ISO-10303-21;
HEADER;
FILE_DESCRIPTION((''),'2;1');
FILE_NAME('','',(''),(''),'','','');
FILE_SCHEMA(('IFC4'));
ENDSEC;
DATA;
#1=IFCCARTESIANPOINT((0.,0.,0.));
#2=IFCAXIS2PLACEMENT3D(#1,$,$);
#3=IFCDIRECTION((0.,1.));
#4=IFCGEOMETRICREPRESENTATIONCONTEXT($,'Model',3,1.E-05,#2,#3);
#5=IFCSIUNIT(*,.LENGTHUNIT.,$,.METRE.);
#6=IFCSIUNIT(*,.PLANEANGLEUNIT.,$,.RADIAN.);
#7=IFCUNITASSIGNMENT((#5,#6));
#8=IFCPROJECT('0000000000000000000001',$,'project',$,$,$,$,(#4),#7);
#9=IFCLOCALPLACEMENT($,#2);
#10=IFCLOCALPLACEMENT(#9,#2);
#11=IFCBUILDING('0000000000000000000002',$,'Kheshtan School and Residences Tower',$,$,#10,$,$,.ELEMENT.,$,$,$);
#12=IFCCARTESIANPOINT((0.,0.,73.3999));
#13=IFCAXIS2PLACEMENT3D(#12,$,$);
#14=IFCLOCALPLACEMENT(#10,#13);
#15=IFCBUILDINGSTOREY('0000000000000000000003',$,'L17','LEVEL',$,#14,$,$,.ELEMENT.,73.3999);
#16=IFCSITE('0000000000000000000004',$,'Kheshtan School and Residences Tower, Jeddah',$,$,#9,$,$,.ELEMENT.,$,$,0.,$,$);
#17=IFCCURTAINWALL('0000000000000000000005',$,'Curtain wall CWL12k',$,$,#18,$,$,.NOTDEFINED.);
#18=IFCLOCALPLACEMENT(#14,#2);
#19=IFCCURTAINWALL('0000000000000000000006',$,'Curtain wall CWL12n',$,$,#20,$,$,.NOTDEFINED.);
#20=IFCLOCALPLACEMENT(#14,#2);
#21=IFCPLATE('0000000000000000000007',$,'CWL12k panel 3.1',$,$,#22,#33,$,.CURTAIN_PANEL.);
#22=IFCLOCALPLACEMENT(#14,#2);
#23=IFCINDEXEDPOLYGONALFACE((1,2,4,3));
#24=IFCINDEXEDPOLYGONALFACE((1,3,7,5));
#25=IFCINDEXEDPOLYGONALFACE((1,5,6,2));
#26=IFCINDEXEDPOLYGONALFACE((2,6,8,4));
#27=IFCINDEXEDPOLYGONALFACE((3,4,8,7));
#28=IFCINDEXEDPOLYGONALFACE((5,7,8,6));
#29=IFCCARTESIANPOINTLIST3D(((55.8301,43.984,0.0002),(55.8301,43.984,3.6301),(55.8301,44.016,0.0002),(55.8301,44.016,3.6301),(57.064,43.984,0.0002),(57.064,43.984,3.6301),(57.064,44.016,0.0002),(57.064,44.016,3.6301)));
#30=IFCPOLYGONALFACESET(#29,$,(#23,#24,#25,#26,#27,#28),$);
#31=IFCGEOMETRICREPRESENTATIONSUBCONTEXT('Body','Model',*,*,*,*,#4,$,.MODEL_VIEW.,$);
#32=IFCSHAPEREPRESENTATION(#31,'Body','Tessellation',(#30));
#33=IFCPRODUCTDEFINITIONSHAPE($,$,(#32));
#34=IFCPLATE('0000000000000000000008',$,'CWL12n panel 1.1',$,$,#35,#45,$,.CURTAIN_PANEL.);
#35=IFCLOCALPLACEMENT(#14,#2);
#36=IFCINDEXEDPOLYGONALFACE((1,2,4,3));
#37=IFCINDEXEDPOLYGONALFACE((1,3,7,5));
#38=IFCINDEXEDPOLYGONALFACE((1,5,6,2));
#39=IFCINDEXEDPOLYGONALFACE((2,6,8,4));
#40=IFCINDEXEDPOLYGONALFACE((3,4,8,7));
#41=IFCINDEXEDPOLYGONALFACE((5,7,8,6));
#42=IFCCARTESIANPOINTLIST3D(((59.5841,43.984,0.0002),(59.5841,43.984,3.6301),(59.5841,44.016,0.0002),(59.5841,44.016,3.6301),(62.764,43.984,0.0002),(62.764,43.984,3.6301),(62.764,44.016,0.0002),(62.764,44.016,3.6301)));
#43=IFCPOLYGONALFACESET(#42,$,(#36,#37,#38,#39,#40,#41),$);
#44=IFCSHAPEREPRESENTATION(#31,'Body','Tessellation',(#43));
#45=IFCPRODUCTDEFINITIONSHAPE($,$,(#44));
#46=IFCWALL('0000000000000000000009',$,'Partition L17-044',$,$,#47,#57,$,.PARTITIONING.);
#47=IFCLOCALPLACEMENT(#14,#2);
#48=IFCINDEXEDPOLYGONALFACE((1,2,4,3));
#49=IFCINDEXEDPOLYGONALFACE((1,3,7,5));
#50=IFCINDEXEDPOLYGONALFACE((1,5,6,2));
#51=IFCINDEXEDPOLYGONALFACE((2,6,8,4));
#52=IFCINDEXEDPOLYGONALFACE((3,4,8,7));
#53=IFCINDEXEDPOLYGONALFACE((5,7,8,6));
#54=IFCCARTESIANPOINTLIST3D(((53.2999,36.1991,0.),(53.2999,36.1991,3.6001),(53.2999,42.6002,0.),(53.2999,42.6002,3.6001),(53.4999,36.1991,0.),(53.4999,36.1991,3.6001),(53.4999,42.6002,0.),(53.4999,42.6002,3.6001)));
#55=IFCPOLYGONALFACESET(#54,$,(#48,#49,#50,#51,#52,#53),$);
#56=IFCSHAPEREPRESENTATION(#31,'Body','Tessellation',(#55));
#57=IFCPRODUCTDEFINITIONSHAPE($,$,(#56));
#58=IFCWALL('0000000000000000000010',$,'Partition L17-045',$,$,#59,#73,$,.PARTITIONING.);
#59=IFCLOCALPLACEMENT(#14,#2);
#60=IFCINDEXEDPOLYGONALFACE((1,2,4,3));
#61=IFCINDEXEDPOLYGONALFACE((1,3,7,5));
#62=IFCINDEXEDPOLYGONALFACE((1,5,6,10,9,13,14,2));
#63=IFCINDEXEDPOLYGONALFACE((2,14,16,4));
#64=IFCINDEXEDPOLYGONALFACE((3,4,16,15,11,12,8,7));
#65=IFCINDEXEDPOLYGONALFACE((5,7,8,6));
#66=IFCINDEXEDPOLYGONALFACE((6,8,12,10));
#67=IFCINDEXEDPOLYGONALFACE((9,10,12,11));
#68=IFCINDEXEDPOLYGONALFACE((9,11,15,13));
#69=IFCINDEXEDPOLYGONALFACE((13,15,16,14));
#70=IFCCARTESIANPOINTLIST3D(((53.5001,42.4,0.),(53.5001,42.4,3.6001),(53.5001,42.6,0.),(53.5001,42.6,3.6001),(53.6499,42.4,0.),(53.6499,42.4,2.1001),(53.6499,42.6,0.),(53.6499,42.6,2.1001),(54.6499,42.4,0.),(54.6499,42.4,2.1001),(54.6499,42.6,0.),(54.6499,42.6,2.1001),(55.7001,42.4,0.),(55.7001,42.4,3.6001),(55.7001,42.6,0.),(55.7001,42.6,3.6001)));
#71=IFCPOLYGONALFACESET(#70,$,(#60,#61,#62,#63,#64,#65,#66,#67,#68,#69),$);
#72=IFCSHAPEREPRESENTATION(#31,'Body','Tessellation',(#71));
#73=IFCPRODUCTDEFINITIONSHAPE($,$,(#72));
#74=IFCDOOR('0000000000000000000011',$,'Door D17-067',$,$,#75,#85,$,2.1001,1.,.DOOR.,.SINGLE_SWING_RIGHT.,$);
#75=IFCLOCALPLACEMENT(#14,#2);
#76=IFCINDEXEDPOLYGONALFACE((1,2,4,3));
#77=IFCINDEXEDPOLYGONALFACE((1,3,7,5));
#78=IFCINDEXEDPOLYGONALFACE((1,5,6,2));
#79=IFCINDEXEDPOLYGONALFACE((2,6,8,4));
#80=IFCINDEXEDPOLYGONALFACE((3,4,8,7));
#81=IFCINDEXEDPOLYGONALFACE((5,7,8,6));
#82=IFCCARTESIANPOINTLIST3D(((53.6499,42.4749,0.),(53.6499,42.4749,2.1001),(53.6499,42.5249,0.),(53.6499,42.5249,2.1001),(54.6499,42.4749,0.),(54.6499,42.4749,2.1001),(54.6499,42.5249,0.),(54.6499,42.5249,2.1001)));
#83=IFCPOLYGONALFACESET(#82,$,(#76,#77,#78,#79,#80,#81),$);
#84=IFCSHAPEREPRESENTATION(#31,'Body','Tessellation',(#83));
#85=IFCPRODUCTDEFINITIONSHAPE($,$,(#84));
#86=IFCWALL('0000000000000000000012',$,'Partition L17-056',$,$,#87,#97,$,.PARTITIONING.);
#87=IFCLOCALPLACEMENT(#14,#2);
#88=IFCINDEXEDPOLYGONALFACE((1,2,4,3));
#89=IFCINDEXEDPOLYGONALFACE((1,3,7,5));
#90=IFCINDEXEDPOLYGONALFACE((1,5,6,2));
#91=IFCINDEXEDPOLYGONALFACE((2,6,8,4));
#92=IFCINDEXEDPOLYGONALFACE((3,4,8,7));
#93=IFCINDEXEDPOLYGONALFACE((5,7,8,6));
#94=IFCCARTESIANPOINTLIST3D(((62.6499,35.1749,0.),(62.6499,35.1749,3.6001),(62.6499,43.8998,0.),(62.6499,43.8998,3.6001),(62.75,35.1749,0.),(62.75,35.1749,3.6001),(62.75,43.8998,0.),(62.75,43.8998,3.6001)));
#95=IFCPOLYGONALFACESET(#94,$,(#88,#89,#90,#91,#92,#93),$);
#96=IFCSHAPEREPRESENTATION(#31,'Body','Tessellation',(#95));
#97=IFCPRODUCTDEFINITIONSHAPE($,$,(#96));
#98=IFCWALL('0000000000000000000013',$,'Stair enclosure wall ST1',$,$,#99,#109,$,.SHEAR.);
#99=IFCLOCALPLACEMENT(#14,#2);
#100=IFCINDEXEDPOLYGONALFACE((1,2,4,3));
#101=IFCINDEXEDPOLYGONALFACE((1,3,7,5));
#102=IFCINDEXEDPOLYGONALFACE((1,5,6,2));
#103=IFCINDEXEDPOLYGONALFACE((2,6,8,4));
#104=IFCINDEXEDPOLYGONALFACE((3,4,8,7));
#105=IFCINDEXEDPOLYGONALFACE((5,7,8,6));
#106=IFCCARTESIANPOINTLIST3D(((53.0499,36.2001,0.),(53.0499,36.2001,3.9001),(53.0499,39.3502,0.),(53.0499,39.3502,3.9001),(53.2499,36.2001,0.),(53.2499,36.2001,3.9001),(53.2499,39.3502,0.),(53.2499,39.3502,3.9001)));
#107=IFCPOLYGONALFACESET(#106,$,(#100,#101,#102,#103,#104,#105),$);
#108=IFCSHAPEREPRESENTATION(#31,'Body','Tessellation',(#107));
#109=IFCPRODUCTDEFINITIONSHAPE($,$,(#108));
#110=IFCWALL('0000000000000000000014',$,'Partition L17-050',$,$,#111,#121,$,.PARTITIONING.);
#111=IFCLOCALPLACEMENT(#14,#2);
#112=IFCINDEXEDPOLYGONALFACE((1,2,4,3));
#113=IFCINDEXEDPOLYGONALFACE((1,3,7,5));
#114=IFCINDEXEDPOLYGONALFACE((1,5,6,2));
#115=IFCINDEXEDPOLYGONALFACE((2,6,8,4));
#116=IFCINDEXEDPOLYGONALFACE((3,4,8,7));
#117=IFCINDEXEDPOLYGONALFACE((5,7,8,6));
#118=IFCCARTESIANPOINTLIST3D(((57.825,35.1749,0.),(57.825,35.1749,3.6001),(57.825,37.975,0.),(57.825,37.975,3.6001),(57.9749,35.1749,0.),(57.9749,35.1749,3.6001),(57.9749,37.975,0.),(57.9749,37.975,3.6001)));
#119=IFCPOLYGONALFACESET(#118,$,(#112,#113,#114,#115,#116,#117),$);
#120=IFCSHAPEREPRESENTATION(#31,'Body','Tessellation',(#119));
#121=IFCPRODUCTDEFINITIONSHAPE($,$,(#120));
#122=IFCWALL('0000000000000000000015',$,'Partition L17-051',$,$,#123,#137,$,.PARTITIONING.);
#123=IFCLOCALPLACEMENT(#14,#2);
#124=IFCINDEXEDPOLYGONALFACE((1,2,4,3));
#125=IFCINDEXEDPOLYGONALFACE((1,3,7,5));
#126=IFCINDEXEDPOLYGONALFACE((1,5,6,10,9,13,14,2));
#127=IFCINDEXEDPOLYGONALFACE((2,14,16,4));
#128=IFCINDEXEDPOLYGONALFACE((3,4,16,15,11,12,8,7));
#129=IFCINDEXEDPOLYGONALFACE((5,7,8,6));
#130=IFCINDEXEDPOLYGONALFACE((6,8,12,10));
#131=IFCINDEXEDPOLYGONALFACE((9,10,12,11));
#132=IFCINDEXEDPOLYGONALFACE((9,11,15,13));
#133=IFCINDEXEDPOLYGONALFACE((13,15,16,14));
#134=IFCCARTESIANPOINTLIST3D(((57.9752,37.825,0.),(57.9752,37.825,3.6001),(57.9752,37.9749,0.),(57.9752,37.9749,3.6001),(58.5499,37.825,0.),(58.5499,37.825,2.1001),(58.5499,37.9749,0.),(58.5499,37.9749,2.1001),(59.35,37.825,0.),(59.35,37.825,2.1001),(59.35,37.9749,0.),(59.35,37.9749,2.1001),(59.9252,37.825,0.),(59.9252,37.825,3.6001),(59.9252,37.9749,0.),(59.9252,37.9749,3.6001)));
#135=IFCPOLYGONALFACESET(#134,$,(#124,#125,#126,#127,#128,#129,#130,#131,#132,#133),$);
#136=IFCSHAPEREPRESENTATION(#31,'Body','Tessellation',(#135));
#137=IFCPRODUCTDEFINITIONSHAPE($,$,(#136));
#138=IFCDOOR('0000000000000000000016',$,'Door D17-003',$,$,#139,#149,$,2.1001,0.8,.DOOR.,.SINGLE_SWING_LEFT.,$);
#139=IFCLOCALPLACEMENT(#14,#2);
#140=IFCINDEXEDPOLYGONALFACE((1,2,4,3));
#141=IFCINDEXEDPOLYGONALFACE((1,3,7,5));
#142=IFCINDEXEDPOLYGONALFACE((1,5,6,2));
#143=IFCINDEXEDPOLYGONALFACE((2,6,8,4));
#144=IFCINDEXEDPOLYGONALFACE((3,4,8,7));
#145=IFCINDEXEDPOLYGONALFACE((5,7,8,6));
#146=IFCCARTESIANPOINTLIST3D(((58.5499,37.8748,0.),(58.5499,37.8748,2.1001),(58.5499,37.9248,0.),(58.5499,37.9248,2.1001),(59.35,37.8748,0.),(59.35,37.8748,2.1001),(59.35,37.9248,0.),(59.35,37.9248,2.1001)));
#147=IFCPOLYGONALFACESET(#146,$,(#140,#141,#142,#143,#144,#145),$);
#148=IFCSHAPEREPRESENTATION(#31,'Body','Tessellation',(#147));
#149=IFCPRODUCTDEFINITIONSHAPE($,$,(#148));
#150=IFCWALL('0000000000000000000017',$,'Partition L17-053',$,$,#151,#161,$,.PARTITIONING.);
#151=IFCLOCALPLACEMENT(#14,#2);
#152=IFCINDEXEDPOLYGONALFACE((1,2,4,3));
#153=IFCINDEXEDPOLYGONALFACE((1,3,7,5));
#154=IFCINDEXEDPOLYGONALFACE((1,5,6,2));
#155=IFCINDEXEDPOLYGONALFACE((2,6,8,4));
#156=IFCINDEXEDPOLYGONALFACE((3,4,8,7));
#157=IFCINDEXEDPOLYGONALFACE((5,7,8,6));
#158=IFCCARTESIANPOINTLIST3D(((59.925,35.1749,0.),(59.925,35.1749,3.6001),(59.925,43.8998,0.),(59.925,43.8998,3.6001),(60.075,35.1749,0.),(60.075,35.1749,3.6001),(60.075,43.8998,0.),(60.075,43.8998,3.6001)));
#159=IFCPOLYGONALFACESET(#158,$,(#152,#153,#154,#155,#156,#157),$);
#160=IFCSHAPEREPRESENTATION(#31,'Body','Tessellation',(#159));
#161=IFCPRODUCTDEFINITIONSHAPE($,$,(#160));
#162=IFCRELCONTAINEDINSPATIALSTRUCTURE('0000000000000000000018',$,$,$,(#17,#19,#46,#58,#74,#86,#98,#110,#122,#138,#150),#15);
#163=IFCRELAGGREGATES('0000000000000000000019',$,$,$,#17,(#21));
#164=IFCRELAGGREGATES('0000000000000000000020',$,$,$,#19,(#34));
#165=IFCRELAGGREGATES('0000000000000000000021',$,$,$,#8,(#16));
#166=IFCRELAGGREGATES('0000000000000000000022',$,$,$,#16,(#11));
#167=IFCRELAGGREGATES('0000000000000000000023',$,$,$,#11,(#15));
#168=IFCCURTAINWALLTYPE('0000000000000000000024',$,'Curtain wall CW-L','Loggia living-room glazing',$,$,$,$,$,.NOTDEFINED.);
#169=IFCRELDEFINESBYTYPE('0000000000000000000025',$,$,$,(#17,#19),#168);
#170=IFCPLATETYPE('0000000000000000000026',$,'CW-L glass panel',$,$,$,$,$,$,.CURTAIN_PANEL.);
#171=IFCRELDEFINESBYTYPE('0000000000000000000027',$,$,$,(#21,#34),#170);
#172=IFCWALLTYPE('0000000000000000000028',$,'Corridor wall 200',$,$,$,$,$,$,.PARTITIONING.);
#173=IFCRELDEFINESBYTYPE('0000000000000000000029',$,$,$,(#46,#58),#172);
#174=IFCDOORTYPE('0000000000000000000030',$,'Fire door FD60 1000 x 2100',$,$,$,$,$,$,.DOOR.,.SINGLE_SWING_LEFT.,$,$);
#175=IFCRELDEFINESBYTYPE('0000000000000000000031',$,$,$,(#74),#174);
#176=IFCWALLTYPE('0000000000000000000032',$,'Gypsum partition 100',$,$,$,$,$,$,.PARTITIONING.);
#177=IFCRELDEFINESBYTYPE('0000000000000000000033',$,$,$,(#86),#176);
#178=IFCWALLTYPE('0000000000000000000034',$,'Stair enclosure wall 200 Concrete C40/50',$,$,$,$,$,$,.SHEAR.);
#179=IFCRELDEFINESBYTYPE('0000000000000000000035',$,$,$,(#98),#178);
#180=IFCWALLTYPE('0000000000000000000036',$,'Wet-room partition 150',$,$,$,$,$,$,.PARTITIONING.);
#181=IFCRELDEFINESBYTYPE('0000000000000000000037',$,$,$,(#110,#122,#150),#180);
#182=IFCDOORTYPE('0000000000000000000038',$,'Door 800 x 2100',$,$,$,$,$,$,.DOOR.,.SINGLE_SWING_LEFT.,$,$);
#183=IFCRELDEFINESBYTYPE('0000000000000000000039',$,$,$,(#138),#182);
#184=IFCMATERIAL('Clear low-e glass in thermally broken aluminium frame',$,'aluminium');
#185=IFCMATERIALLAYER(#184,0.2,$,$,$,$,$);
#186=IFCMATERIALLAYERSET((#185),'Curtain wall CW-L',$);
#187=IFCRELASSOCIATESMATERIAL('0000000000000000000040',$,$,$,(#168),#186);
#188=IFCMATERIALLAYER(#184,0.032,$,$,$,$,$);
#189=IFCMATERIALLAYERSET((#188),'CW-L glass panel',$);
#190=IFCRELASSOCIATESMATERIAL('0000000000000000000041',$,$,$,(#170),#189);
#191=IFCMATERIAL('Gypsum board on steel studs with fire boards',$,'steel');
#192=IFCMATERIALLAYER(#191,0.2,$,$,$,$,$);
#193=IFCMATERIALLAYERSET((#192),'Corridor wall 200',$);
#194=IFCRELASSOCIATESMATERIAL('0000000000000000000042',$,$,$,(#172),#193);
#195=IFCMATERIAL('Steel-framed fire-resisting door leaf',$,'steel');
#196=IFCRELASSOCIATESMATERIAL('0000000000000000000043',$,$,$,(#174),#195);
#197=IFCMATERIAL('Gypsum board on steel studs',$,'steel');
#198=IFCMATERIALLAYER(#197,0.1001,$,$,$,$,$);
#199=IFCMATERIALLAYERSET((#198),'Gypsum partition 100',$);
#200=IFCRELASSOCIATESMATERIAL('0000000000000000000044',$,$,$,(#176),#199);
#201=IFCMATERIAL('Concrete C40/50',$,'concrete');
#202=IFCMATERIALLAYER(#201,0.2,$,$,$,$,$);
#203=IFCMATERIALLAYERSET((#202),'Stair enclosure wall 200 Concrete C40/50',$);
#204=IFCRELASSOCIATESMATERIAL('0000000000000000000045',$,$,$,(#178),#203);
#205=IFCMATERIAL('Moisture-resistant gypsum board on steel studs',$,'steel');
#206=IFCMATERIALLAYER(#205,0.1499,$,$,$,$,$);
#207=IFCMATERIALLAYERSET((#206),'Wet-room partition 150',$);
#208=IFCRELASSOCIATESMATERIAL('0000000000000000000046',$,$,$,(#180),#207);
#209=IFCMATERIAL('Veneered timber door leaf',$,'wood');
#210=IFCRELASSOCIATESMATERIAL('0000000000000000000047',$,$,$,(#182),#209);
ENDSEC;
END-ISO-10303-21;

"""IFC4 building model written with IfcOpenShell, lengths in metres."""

from ifc_helpers import new_model, si_unit, direction, frame, frame_2d, origin, origin_2d, place, context, subcontext, project, spatial, rectangle, extrude, source, transform, mapped, material, layer, layer_set, type_object, element, fill, aggregate, save


model = new_model("IFC4")

# Units and contexts
model_context = context("Model", 3, precision=1e-05, world=origin(), true_north=direction((0.0, 1.0)))
body_context = subcontext(model_context, "Body", "Model", "MODEL_VIEW")
ifc_project = project(units=[si_unit("LENGTHUNIT", "METRE"), si_unit("PLANEANGLEUNIT", "RADIAN")], contexts=[model_context])

# Site, building, storey
site_placement = place(None, origin())
site = spatial("IfcSite", under=ifc_project, at=site_placement, Name="Kheshtan School and Residences Tower, Jeddah", CompositionType="ELEMENT", RefElevation=0.0)
building_placement = place(site_placement, origin())
building = spatial("IfcBuilding", under=site, at=building_placement, Name="Kheshtan School and Residences Tower", CompositionType="ELEMENT")
storey_placement = place(building_placement, frame((0.0, 0.0, 73.3999)))
storey = spatial("IfcBuildingStorey", under=building, at=storey_placement, Name="L17", Description="LEVEL", CompositionType="ELEMENT", Elevation=73.3999)

# Curtain wall
ifc_material_1 = material(Name="Clear low-e glass in thermally broken aluminium frame", Category="aluminium")
ifc_layer_1 = layer(ifc_material_1, 0.2)
ifc_layer_set_1 = layer_set([ifc_layer_1], Name="Curtain wall CW-L")
curtain_wall_type = type_object("IfcCurtainWallType", Name="Curtain wall CW-L", Description="Loggia living-room glazing", PredefinedType="NOTDEFINED", material=ifc_layer_set_1)
curtain_wall_1_placement = place(storey_placement, origin())
curtain_wall_1 = element("IfcCurtainWall", 1, at=curtain_wall_1_placement, inside=storey, type_object=curtain_wall_type, Name="Curtain wall CWL12k", PredefinedType="NOTDEFINED")

# Curtain wall
curtain_wall_2_placement = place(storey_placement, origin())
curtain_wall_2 = element("IfcCurtainWall", 2, at=curtain_wall_2_placement, inside=storey, type_object=curtain_wall_type, Name="Curtain wall CWL12n", PredefinedType="NOTDEFINED")

# Plates
ifc_layer_2 = layer(ifc_material_1, 0.032)
ifc_layer_set_2 = layer_set([ifc_layer_2], Name="CW-L glass panel")
plate_type = type_object("IfcPlateType", Name="CW-L glass panel", PredefinedType="CURTAIN_PANEL", material=ifc_layer_set_2)
plate_1_placement = place(storey_placement, frame((56.447, 44.0, 0.0002), z_axis=(0.0, 0.0, 1.0), x_axis=(1.0, 0.0, 0.0)))
plate_1 = element("IfcPlate", 3, at=plate_1_placement, type_object=plate_type, Name="CWL12k panel 3.1", PredefinedType="CURTAIN_PANEL", context=body_context, shape_type="SweptSolid", body=[
    extrude(rectangle(XDim=1.2339, YDim=0.032, at=origin_2d()), origin(), (0.0, 0.0, 1.0), 3.6299),
])
aggregate(curtain_wall_1, [plate_1])
plate_2_placement = place(storey_placement, frame((61.1741, 44.0, 0.0002), z_axis=(0.0, 0.0, 1.0), x_axis=(1.0, 0.0, 0.0)))
plate_2 = element("IfcPlate", 4, at=plate_2_placement, type_object=plate_type, Name="CWL12n panel 1.1", PredefinedType="CURTAIN_PANEL", context=body_context, shape_type="SweptSolid", body=[
    extrude(rectangle(XDim=3.1799, YDim=0.032, at=origin_2d()), origin(), (0.0, 0.0, 1.0), 3.6299),
])
aggregate(curtain_wall_2, [plate_2])

# Wall
ifc_material_2 = material(Name="Gypsum board on steel studs with fire boards", Category="steel")
ifc_layer_3 = layer(ifc_material_2, 0.2)
ifc_layer_set_3 = layer_set([ifc_layer_3], Name="Corridor wall 200")
wall_type_1 = type_object("IfcWallType", Name="Corridor wall 200", PredefinedType="PARTITIONING", material=ifc_layer_set_3)
wall_1_placement = place(storey_placement, frame((53.3999, 36.199, 0.0), z_axis=(0.0, 0.0, 1.0), x_axis=(0.0, 1.0, 0.0)))
element("IfcWall", 5, at=wall_1_placement, inside=storey, type_object=wall_type_1, Name="Partition L17-044", PredefinedType="PARTITIONING", context=body_context, shape_type="SweptSolid", body=[
    extrude(rectangle(XDim=6.4011, YDim=0.2, at=frame_2d((3.2007, 0.0))), origin(), (0.0, 0.0, 1.0), 3.6001),
])

# Wall, opening, door
wall_2_placement = place(storey_placement, frame((53.5, 42.5, 0.0), z_axis=(0.0, 0.0, 1.0), x_axis=(1.0, 0.0, 0.0)))
wall_2 = element("IfcWall", 6, at=wall_2_placement, inside=storey, type_object=wall_type_1, Name="Partition L17-045", PredefinedType="PARTITIONING", context=body_context, shape_type="SweptSolid", body=[
    extrude(rectangle(XDim=2.2, YDim=0.2, at=frame_2d((1.1001, 0.0))), origin(), (0.0, 0.0, 1.0), 3.6001),
])
opening_1_placement = place(wall_2_placement, frame((0.1499, 0.0, 0.0)))
opening_1 = element("IfcOpeningElement", 7, at=opening_1_placement, cuts=wall_2, PredefinedType="OPENING", context=body_context, shape_type="SweptSolid", body=[
    extrude(rectangle(XDim=1.0, YDim=2.1001, at=frame_2d((0.5, 1.05))), frame((0.0, 0.1099, 0.0), z_axis=(0.0, -1.0, 0.0), x_axis=(1.0, 0.0, 0.0)), (0.0, 0.0, 1.0), 0.22),
])
ifc_material_3 = material(Name="Steel-framed fire-resisting door leaf", Category="steel")
door_type_1 = type_object("IfcDoorType", Name="Fire door FD60 1000 x 2100", OperationType="SINGLE_SWING_LEFT", PredefinedType="DOOR", material=ifc_material_3)
shared_shape_1 = source(origin(), body_context, "Body", "SweptSolid", [
    extrude(rectangle(XDim=1.0, YDim=2.1001, at=frame_2d((0.5, 1.05))), frame((0.0, 0.0249, 0.0), z_axis=(0.0, -1.0, 0.0), x_axis=(1.0, 0.0, 0.0)), (0.0, 0.0, 1.0), 0.05),
])
door_1_placement = place(opening_1_placement, origin())
door_1 = element("IfcDoor", 8, at=door_1_placement, inside=storey, type_object=door_type_1, Name="Door D17-067", OperationType="SINGLE_SWING_RIGHT", OverallHeight=2.1001, OverallWidth=1.0, PredefinedType="DOOR", context=body_context, shape_type="MappedRepresentation", body=[
    mapped(shared_shape_1, transform((0.0, 0.0, 0.0), x_axis=(1.0, 0.0, 0.0), y_axis=(0.0, 1.0, 0.0), z_axis=(0.0, 0.0, 1.0), scale=1.0)),
])
fill(opening_1, door_1)

# Walls
ifc_material_4 = material(Name="Gypsum board on steel studs", Category="steel")
ifc_layer_4 = layer(ifc_material_4, 0.1001)
ifc_layer_set_4 = layer_set([ifc_layer_4], Name="Gypsum partition 100")
wall_type_2 = type_object("IfcWallType", Name="Gypsum partition 100", PredefinedType="PARTITIONING", material=ifc_layer_set_4)
wall_3_placement = place(storey_placement, frame((62.7, 35.175, 0.0), z_axis=(0.0, 0.0, 1.0), x_axis=(0.0, 1.0, 0.0)))
element("IfcWall", 9, at=wall_3_placement, inside=storey, type_object=wall_type_2, Name="Partition L17-056", PredefinedType="PARTITIONING", context=body_context, shape_type="SweptSolid", body=[
    extrude(rectangle(XDim=8.7249, YDim=0.1001, at=frame_2d((4.3623, 0.0))), origin(), (0.0, 0.0, 1.0), 3.6001),
])
ifc_material_5 = material(Name="Concrete C40/50", Category="concrete")
ifc_layer_5 = layer(ifc_material_5, 0.2)
ifc_layer_set_5 = layer_set([ifc_layer_5], Name="Stair enclosure wall 200 Concrete C40/50")
wall_type_3 = type_object("IfcWallType", Name="Stair enclosure wall 200 Concrete C40/50", PredefinedType="SHEAR", material=ifc_layer_set_5)
wall_4_placement = place(storey_placement, frame((53.1499, 36.2, 0.0), z_axis=(0.0, 0.0, 1.0), x_axis=(0.0, 1.0, 0.0)))
element("IfcWall", 10, at=wall_4_placement, inside=storey, type_object=wall_type_3, Name="Stair enclosure wall ST1", PredefinedType="SHEAR", context=body_context, shape_type="SweptSolid", body=[
    extrude(rectangle(XDim=3.1501, YDim=0.2, at=frame_2d((1.5752, 0.0))), origin(), (0.0, 0.0, 1.0), 3.9001),
])
ifc_material_6 = material(Name="Moisture-resistant gypsum board on steel studs", Category="steel")
ifc_layer_6 = layer(ifc_material_6, 0.1499)
ifc_layer_set_6 = layer_set([ifc_layer_6], Name="Wet-room partition 150")
wall_type_4 = type_object("IfcWallType", Name="Wet-room partition 150", PredefinedType="PARTITIONING", material=ifc_layer_set_6)
wall_5_placement = place(storey_placement, frame((57.8999, 35.175, 0.0), z_axis=(0.0, 0.0, 1.0), x_axis=(0.0, 1.0, 0.0)))
element("IfcWall", 11, at=wall_5_placement, inside=storey, type_object=wall_type_4, Name="Partition L17-050", PredefinedType="PARTITIONING", context=body_context, shape_type="SweptSolid", body=[
    extrude(rectangle(XDim=2.8, YDim=0.1499, at=frame_2d((1.3999, 0.0))), origin(), (0.0, 0.0, 1.0), 3.6001),
])

# Wall, opening, door
wall_6_placement = place(storey_placement, frame((57.9751, 37.8999, 0.0), z_axis=(0.0, 0.0, 1.0), x_axis=(1.0, 0.0, 0.0)))
wall_6 = element("IfcWall", 12, at=wall_6_placement, inside=storey, type_object=wall_type_4, Name="Partition L17-051", PredefinedType="PARTITIONING", context=body_context, shape_type="SweptSolid", body=[
    extrude(rectangle(XDim=1.95, YDim=0.1499, at=frame_2d((0.9751, 0.0))), origin(), (0.0, 0.0, 1.0), 3.6001),
])
opening_2_placement = place(wall_6_placement, frame((0.575, 0.0, 0.0)))
opening_2 = element("IfcOpeningElement", 13, at=opening_2_placement, cuts=wall_6, PredefinedType="OPENING", context=body_context, shape_type="SweptSolid", body=[
    extrude(rectangle(XDim=0.8, YDim=2.1001, at=frame_2d((0.3999, 1.05))), frame((0.0, 0.085, 0.0), z_axis=(0.0, -1.0, 0.0), x_axis=(1.0, 0.0, 0.0)), (0.0, 0.0, 1.0), 0.1699),
])
ifc_material_7 = material(Name="Veneered timber door leaf", Category="wood")
door_type_2 = type_object("IfcDoorType", Name="Door 800 x 2100", OperationType="SINGLE_SWING_LEFT", PredefinedType="DOOR", material=ifc_material_7)
shared_shape_2 = source(origin(), body_context, "Body", "SweptSolid", [
    extrude(rectangle(XDim=0.8, YDim=2.1001, at=frame_2d((0.3999, 1.05))), frame((0.0, 0.0249, 0.0), z_axis=(0.0, -1.0, 0.0), x_axis=(1.0, 0.0, 0.0)), (0.0, 0.0, 1.0), 0.05),
])
door_2_placement = place(opening_2_placement, origin())
door_2 = element("IfcDoor", 14, at=door_2_placement, inside=storey, type_object=door_type_2, Name="Door D17-003", OperationType="SINGLE_SWING_LEFT", OverallHeight=2.1001, OverallWidth=0.8, PredefinedType="DOOR", context=body_context, shape_type="MappedRepresentation", body=[
    mapped(shared_shape_2, transform((0.0, 0.0, 0.0), x_axis=(1.0, 0.0, 0.0), y_axis=(0.0, 1.0, 0.0), z_axis=(0.0, 0.0, 1.0), scale=1.0)),
])
fill(opening_2, door_2)

# Wall
wall_7_placement = place(storey_placement, frame((60.0, 35.175, 0.0), z_axis=(0.0, 0.0, 1.0), x_axis=(0.0, 1.0, 0.0)))
element("IfcWall", 15, at=wall_7_placement, inside=storey, type_object=wall_type_4, Name="Partition L17-053", PredefinedType="PARTITIONING", context=body_context, shape_type="SweptSolid", body=[
    extrude(rectangle(XDim=8.7249, YDim=0.1499, at=frame_2d((4.3623, 0.0))), origin(), (0.0, 0.0, 1.0), 3.6001),
])

save(model, "model.ifc")
